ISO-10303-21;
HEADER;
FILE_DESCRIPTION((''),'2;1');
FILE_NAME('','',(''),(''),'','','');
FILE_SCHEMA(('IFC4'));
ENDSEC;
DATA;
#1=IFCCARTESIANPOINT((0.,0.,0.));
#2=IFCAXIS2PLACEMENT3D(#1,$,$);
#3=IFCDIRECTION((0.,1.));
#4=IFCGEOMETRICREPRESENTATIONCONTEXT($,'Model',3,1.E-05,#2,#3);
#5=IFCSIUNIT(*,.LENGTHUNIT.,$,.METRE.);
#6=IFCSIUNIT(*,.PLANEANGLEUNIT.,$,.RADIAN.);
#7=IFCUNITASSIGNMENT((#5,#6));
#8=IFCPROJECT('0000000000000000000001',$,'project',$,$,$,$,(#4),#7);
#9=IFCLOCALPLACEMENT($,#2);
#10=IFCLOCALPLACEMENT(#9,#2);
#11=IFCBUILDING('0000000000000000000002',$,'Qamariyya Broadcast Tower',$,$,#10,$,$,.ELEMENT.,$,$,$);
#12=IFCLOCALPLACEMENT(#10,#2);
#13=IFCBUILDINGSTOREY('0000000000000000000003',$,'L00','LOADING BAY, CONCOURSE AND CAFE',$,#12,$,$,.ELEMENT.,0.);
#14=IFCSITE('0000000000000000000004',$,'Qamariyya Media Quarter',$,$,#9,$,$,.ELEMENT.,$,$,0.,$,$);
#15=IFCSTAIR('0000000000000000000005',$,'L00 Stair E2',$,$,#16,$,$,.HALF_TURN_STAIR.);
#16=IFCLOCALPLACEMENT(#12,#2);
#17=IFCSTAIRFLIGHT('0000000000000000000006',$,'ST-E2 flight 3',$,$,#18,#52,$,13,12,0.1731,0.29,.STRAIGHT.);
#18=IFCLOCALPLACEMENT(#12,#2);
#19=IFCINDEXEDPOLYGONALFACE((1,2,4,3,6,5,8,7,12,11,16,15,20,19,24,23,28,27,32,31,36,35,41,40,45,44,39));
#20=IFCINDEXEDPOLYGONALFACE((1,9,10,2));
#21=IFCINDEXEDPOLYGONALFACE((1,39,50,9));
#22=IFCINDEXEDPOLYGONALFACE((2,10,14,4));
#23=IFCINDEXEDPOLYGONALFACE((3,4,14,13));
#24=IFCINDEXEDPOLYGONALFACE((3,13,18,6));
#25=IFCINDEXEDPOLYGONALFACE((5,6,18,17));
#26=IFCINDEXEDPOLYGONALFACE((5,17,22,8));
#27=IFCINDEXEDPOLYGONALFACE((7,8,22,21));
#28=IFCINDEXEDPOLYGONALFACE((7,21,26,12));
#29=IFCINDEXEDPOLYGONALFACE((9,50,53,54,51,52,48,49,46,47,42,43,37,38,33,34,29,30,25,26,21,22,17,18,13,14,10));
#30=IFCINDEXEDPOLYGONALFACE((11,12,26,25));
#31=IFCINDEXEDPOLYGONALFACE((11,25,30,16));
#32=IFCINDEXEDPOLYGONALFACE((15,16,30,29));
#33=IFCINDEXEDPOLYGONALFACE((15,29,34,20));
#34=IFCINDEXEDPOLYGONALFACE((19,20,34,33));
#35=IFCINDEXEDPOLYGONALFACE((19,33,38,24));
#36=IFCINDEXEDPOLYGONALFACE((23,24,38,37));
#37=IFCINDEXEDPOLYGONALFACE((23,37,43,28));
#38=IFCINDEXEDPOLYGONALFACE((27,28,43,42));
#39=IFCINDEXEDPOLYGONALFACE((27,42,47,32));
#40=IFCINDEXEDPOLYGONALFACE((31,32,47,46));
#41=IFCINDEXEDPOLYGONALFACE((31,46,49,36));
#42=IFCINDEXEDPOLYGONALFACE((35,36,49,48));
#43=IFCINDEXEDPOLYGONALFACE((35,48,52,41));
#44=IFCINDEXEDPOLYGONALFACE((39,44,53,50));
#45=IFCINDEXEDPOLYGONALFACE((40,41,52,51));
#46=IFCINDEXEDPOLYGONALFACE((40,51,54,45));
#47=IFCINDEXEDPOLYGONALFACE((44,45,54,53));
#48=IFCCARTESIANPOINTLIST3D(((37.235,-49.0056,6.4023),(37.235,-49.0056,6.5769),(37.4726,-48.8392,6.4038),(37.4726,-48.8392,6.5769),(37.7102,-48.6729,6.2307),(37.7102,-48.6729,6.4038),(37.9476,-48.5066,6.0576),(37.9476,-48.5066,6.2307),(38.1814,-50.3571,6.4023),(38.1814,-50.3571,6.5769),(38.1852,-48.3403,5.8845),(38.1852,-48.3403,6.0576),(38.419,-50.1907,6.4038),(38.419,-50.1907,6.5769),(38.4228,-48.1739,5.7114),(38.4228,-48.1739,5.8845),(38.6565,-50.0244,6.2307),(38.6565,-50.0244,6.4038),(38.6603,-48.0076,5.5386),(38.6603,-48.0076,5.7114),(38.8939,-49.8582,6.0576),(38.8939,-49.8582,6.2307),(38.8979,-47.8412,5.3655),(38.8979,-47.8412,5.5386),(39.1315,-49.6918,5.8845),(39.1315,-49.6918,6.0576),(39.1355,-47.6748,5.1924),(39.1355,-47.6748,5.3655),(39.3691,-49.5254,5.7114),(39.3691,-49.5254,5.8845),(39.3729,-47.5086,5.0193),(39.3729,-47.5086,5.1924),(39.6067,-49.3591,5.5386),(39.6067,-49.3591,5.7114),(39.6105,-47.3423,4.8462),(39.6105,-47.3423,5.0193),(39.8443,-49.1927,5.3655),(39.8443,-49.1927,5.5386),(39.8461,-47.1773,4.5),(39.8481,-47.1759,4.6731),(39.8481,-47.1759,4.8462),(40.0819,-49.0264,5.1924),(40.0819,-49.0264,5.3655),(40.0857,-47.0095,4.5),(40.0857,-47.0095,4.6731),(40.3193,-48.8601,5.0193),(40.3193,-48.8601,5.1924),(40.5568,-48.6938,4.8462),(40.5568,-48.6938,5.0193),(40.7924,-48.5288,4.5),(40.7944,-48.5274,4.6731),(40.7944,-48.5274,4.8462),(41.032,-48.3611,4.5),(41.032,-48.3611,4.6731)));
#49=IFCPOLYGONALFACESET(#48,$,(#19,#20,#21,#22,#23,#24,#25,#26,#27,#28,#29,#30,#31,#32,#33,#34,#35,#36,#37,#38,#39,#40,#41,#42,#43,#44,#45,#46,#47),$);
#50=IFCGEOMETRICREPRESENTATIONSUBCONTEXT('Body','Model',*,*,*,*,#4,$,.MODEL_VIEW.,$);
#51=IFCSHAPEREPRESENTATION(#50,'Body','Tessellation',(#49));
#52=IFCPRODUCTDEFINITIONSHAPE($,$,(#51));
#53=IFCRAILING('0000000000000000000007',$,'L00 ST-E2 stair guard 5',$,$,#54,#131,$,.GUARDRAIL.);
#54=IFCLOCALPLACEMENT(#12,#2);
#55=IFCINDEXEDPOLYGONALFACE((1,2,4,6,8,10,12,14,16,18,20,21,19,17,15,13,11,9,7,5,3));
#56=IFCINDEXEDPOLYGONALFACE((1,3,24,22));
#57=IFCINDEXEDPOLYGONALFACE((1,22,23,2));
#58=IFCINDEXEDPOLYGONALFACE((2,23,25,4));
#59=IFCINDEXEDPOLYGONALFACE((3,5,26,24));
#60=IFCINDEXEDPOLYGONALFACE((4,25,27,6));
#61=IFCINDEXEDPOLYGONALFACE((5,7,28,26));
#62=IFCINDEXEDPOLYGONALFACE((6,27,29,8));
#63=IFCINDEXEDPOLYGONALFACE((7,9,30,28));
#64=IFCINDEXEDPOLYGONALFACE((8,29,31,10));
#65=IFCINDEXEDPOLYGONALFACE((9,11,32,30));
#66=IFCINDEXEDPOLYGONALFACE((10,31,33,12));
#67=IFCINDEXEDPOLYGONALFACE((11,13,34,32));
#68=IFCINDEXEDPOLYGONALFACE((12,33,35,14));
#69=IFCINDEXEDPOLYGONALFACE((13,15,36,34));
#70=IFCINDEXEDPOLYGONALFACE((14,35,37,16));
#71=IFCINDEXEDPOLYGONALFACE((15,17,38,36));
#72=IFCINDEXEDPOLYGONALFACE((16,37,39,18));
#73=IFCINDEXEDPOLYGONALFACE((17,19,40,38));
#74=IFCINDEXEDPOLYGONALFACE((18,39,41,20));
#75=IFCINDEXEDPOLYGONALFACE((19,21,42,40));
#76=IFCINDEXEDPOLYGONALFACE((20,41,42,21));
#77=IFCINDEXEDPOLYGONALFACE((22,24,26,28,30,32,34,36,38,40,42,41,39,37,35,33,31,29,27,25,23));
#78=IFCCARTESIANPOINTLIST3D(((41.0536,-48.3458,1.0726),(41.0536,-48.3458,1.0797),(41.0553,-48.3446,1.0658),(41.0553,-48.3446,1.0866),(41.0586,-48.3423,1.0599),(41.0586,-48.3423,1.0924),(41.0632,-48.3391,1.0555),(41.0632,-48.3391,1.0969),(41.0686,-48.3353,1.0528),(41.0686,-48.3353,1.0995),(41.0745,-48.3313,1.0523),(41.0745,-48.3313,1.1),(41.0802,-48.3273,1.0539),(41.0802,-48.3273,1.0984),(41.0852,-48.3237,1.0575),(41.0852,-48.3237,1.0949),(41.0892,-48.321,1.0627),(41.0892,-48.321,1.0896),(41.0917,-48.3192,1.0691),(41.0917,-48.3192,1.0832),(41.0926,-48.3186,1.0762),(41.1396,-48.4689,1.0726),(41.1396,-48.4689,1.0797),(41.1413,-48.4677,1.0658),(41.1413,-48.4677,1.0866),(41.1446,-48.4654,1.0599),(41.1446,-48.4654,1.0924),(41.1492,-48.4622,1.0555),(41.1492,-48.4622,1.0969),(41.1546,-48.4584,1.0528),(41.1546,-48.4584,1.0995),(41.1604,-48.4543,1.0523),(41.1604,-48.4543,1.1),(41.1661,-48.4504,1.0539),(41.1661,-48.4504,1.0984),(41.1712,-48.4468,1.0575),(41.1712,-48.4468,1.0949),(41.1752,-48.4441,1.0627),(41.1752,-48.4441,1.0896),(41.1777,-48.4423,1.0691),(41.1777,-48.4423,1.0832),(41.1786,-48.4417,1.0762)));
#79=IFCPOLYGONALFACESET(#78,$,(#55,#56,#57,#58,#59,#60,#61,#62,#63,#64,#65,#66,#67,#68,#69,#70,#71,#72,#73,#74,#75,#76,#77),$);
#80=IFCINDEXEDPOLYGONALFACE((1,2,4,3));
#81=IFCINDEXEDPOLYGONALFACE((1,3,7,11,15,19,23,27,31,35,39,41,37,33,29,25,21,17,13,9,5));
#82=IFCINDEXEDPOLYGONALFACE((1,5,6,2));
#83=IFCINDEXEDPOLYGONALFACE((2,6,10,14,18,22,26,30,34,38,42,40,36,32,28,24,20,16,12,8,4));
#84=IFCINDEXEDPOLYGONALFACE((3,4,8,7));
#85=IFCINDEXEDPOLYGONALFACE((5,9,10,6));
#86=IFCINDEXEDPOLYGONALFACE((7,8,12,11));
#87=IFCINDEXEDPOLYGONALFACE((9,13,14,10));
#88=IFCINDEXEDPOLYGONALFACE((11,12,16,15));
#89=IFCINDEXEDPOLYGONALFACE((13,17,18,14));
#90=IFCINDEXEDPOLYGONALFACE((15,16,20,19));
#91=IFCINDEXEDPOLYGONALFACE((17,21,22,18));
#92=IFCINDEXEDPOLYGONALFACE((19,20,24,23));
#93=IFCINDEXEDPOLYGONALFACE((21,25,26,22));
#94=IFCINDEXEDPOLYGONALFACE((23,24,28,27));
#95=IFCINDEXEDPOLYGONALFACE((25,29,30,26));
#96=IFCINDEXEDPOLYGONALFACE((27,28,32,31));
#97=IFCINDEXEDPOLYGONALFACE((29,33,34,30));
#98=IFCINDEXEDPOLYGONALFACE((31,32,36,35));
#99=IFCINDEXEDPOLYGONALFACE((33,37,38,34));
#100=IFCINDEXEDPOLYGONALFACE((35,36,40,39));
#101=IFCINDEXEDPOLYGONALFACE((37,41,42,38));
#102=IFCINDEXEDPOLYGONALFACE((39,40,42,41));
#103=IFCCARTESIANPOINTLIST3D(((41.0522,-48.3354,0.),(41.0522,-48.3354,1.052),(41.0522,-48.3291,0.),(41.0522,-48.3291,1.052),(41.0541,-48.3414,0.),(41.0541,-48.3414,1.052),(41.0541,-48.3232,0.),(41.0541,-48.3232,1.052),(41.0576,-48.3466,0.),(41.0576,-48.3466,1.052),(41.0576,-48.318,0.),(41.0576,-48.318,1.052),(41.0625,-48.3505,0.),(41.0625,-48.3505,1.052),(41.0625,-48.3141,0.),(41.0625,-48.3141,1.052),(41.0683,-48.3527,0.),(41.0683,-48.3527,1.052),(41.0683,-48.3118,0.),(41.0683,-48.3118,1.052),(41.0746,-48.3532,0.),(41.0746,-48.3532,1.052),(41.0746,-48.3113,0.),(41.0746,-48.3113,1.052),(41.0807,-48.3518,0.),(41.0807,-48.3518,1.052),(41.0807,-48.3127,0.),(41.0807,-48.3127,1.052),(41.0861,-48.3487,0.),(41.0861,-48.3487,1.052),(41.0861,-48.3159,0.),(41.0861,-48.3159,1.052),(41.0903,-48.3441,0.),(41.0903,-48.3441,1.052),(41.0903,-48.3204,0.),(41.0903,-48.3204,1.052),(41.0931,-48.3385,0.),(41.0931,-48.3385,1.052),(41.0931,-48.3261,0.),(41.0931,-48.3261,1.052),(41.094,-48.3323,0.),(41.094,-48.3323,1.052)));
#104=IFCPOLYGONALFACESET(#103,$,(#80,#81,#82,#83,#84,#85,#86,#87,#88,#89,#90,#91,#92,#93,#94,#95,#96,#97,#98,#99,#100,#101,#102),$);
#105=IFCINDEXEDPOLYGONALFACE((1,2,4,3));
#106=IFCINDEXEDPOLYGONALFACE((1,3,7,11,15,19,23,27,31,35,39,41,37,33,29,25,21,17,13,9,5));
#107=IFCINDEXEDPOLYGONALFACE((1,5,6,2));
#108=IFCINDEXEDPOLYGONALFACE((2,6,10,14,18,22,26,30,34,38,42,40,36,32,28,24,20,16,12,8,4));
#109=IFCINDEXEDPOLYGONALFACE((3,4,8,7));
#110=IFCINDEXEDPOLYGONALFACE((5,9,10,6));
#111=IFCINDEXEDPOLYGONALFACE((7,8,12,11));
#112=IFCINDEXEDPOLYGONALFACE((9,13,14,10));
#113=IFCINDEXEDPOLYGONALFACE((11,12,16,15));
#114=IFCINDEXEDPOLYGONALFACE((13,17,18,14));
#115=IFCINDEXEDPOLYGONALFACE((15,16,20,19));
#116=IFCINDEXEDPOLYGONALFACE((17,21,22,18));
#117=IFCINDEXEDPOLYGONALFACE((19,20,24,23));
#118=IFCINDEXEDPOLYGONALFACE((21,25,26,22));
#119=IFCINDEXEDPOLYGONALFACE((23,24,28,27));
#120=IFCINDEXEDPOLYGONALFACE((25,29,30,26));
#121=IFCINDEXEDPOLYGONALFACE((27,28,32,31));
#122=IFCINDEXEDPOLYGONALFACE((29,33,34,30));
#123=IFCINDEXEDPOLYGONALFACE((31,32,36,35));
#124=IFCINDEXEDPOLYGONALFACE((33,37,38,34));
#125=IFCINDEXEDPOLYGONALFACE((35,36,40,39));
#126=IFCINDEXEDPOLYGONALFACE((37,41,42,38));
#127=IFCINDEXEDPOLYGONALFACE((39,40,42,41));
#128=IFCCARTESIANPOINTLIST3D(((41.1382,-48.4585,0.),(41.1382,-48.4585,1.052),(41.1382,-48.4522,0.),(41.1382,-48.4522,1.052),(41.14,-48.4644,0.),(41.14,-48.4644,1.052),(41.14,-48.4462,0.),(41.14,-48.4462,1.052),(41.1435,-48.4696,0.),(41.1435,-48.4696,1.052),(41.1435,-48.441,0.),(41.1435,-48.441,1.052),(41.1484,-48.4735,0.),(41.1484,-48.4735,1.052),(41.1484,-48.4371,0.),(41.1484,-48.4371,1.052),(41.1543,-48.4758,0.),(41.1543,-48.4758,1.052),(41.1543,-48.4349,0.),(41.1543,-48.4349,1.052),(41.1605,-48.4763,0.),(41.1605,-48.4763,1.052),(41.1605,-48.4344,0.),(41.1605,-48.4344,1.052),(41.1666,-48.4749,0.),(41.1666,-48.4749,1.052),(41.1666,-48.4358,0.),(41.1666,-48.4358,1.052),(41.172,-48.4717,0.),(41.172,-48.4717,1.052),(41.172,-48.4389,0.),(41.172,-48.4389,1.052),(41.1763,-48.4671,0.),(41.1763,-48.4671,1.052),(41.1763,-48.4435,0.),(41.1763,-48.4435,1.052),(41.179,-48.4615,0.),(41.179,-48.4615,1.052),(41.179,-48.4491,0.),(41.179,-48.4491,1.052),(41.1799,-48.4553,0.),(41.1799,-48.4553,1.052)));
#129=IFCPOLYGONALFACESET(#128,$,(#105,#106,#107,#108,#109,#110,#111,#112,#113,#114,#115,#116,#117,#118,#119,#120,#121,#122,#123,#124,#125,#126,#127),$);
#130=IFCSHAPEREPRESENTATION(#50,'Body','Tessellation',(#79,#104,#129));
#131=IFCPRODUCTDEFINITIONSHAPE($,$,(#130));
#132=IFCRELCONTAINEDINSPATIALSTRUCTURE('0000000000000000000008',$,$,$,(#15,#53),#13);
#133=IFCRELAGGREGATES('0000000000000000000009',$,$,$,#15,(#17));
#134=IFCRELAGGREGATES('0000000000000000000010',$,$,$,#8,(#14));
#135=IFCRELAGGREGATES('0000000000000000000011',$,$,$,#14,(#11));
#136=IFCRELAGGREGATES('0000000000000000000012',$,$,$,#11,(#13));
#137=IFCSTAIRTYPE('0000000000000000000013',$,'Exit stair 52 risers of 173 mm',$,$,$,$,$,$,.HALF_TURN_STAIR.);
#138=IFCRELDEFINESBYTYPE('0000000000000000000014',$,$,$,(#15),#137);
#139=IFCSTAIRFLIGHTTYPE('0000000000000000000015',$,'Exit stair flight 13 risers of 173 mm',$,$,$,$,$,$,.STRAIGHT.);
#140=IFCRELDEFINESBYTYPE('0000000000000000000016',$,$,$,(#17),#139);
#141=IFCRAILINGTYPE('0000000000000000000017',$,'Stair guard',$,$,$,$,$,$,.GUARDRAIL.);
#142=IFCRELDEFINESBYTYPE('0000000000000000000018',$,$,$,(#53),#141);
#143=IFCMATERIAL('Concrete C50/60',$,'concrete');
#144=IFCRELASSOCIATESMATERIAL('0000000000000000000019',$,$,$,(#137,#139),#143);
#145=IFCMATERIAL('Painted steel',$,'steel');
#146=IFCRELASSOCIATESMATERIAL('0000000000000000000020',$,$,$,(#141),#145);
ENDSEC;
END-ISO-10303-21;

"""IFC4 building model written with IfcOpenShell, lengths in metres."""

from ifc_helpers import new_model, si_unit, direction, frame, origin, origin_2d, place, context, subcontext, project, spatial, polyline, circle, outline, extrude, material, type_object, element, aggregate, save


model = new_model("IFC4")

# Units and contexts
model_context = context("Model", 3, precision=1e-05, world=origin(), true_north=direction((0.0, 1.0)))
body_context = subcontext(model_context, "Body", "Model", "MODEL_VIEW")
ifc_project = project(units=[si_unit("LENGTHUNIT", "METRE"), si_unit("PLANEANGLEUNIT", "RADIAN")], contexts=[model_context])

# Site, building, storey
site_placement = place(None, origin())
site = spatial("IfcSite", under=ifc_project, at=site_placement, Name="Qamariyya Media Quarter", CompositionType="ELEMENT", RefElevation=0.0)
building_placement = place(site_placement, origin())
building = spatial("IfcBuilding", under=site, at=building_placement, Name="Qamariyya Broadcast Tower", CompositionType="ELEMENT")
storey_placement = place(building_placement, origin())
storey = spatial("IfcBuildingStorey", under=building, at=storey_placement, Name="L00", Description="LOADING BAY, CONCOURSE AND CAFE", CompositionType="ELEMENT", Elevation=0.0)

# Stair, stair flight
ifc_material_1 = material(Name="Concrete C50/60", Category="concrete")
stair_type = type_object("IfcStairType", Name="Exit stair 52 risers of 173 mm", PredefinedType="HALF_TURN_STAIR", material=ifc_material_1)
stair_placement = place(storey_placement, origin())
stair = element("IfcStair", 1, at=stair_placement, inside=storey, type_object=stair_type, Name="L00 Stair E2", PredefinedType="HALF_TURN_STAIR")
stair_flight_type = type_object("IfcStairFlightType", Name="Exit stair flight 13 risers of 173 mm", PredefinedType="STRAIGHT", material=ifc_material_1)
stair_flight_placement = place(storey_placement, frame((40.5588, -47.6853, 4.5), z_axis=(0.0, 0.0, 1.0), x_axis=(-0.819152, -0.573576, 0.0)))
stair_flight = element("IfcStairFlight", 2, at=stair_flight_placement, type_object=stair_flight_type, Name="ST-E2 flight 3", NumberOfRisers=13, NumberOfTreads=12, PredefinedType="STRAIGHT", RiserHeight=0.1731, TreadLength=0.29, context=body_context, shape_type="SweptSolid", body=[
    extrude(outline(polyline([(0.0, 0.0), (0.0, 0.1731), (0.29, 0.1731), (0.29, 0.3462), (0.5801, 0.3462), (0.5801, 0.5193), (0.8701, 0.5193), (0.8701, 0.6924), (1.1599, 0.6924), (1.1599, 0.8655), (1.45, 0.8655), (1.45, 1.0386), (1.74, 1.0386), (1.74, 1.2114), (2.03, 1.2114), (2.03, 1.3845), (2.3201, 1.3845), (2.3201, 1.5576), (2.6101, 1.5576), (2.6101, 1.7307), (2.8999, 1.7307), (2.8999, 1.9038), (3.1899, 1.9038), (3.1899, 2.0769), (3.48, 2.0769), (3.48, 2.25), (3.48, 1.9023), (0.2925, 0.0), (0.0, 0.0)])), frame((0.0, 0.825, 0.0), z_axis=(0.0, -1.0, 0.0), x_axis=(1.0, 0.0, 0.0)), (0.0, 0.0, 1.0), 1.6499),
])
aggregate(stair, [stair_flight])

# Railing
ifc_material_2 = material(Name="Painted steel", Category="steel")
railing_type = type_object("IfcRailingType", Name="Stair guard", PredefinedType="GUARDRAIL", material=ifc_material_2)
railing_placement = place(storey_placement, frame((41.073, -48.3323, 0.0)))
element("IfcRailing", 3, at=railing_placement, inside=storey, type_object=railing_type, Name="L00 ST-E2 stair guard 5", PredefinedType="GUARDRAIL", context=body_context, shape_type="SweptSolid", body=[
    extrude(circle(Radius=0.0239, at=origin_2d()), frame((0.0, 0.0, 1.0762), z_axis=(0.572589, -0.819843, 0.0), x_axis=(0.819843, 0.572589, 0.0)), (0.0, 0.0, 1.0), 0.1501),
    extrude(circle(Radius=0.021, at=origin_2d()), origin(), (0.0, 0.0, 1.0), 1.052),
    extrude(circle(Radius=0.021, at=origin_2d()), frame((0.0859, -0.123, 0.0)), (0.0, 0.0, 1.0), 1.052),
])

save(model, "model.ifc")
